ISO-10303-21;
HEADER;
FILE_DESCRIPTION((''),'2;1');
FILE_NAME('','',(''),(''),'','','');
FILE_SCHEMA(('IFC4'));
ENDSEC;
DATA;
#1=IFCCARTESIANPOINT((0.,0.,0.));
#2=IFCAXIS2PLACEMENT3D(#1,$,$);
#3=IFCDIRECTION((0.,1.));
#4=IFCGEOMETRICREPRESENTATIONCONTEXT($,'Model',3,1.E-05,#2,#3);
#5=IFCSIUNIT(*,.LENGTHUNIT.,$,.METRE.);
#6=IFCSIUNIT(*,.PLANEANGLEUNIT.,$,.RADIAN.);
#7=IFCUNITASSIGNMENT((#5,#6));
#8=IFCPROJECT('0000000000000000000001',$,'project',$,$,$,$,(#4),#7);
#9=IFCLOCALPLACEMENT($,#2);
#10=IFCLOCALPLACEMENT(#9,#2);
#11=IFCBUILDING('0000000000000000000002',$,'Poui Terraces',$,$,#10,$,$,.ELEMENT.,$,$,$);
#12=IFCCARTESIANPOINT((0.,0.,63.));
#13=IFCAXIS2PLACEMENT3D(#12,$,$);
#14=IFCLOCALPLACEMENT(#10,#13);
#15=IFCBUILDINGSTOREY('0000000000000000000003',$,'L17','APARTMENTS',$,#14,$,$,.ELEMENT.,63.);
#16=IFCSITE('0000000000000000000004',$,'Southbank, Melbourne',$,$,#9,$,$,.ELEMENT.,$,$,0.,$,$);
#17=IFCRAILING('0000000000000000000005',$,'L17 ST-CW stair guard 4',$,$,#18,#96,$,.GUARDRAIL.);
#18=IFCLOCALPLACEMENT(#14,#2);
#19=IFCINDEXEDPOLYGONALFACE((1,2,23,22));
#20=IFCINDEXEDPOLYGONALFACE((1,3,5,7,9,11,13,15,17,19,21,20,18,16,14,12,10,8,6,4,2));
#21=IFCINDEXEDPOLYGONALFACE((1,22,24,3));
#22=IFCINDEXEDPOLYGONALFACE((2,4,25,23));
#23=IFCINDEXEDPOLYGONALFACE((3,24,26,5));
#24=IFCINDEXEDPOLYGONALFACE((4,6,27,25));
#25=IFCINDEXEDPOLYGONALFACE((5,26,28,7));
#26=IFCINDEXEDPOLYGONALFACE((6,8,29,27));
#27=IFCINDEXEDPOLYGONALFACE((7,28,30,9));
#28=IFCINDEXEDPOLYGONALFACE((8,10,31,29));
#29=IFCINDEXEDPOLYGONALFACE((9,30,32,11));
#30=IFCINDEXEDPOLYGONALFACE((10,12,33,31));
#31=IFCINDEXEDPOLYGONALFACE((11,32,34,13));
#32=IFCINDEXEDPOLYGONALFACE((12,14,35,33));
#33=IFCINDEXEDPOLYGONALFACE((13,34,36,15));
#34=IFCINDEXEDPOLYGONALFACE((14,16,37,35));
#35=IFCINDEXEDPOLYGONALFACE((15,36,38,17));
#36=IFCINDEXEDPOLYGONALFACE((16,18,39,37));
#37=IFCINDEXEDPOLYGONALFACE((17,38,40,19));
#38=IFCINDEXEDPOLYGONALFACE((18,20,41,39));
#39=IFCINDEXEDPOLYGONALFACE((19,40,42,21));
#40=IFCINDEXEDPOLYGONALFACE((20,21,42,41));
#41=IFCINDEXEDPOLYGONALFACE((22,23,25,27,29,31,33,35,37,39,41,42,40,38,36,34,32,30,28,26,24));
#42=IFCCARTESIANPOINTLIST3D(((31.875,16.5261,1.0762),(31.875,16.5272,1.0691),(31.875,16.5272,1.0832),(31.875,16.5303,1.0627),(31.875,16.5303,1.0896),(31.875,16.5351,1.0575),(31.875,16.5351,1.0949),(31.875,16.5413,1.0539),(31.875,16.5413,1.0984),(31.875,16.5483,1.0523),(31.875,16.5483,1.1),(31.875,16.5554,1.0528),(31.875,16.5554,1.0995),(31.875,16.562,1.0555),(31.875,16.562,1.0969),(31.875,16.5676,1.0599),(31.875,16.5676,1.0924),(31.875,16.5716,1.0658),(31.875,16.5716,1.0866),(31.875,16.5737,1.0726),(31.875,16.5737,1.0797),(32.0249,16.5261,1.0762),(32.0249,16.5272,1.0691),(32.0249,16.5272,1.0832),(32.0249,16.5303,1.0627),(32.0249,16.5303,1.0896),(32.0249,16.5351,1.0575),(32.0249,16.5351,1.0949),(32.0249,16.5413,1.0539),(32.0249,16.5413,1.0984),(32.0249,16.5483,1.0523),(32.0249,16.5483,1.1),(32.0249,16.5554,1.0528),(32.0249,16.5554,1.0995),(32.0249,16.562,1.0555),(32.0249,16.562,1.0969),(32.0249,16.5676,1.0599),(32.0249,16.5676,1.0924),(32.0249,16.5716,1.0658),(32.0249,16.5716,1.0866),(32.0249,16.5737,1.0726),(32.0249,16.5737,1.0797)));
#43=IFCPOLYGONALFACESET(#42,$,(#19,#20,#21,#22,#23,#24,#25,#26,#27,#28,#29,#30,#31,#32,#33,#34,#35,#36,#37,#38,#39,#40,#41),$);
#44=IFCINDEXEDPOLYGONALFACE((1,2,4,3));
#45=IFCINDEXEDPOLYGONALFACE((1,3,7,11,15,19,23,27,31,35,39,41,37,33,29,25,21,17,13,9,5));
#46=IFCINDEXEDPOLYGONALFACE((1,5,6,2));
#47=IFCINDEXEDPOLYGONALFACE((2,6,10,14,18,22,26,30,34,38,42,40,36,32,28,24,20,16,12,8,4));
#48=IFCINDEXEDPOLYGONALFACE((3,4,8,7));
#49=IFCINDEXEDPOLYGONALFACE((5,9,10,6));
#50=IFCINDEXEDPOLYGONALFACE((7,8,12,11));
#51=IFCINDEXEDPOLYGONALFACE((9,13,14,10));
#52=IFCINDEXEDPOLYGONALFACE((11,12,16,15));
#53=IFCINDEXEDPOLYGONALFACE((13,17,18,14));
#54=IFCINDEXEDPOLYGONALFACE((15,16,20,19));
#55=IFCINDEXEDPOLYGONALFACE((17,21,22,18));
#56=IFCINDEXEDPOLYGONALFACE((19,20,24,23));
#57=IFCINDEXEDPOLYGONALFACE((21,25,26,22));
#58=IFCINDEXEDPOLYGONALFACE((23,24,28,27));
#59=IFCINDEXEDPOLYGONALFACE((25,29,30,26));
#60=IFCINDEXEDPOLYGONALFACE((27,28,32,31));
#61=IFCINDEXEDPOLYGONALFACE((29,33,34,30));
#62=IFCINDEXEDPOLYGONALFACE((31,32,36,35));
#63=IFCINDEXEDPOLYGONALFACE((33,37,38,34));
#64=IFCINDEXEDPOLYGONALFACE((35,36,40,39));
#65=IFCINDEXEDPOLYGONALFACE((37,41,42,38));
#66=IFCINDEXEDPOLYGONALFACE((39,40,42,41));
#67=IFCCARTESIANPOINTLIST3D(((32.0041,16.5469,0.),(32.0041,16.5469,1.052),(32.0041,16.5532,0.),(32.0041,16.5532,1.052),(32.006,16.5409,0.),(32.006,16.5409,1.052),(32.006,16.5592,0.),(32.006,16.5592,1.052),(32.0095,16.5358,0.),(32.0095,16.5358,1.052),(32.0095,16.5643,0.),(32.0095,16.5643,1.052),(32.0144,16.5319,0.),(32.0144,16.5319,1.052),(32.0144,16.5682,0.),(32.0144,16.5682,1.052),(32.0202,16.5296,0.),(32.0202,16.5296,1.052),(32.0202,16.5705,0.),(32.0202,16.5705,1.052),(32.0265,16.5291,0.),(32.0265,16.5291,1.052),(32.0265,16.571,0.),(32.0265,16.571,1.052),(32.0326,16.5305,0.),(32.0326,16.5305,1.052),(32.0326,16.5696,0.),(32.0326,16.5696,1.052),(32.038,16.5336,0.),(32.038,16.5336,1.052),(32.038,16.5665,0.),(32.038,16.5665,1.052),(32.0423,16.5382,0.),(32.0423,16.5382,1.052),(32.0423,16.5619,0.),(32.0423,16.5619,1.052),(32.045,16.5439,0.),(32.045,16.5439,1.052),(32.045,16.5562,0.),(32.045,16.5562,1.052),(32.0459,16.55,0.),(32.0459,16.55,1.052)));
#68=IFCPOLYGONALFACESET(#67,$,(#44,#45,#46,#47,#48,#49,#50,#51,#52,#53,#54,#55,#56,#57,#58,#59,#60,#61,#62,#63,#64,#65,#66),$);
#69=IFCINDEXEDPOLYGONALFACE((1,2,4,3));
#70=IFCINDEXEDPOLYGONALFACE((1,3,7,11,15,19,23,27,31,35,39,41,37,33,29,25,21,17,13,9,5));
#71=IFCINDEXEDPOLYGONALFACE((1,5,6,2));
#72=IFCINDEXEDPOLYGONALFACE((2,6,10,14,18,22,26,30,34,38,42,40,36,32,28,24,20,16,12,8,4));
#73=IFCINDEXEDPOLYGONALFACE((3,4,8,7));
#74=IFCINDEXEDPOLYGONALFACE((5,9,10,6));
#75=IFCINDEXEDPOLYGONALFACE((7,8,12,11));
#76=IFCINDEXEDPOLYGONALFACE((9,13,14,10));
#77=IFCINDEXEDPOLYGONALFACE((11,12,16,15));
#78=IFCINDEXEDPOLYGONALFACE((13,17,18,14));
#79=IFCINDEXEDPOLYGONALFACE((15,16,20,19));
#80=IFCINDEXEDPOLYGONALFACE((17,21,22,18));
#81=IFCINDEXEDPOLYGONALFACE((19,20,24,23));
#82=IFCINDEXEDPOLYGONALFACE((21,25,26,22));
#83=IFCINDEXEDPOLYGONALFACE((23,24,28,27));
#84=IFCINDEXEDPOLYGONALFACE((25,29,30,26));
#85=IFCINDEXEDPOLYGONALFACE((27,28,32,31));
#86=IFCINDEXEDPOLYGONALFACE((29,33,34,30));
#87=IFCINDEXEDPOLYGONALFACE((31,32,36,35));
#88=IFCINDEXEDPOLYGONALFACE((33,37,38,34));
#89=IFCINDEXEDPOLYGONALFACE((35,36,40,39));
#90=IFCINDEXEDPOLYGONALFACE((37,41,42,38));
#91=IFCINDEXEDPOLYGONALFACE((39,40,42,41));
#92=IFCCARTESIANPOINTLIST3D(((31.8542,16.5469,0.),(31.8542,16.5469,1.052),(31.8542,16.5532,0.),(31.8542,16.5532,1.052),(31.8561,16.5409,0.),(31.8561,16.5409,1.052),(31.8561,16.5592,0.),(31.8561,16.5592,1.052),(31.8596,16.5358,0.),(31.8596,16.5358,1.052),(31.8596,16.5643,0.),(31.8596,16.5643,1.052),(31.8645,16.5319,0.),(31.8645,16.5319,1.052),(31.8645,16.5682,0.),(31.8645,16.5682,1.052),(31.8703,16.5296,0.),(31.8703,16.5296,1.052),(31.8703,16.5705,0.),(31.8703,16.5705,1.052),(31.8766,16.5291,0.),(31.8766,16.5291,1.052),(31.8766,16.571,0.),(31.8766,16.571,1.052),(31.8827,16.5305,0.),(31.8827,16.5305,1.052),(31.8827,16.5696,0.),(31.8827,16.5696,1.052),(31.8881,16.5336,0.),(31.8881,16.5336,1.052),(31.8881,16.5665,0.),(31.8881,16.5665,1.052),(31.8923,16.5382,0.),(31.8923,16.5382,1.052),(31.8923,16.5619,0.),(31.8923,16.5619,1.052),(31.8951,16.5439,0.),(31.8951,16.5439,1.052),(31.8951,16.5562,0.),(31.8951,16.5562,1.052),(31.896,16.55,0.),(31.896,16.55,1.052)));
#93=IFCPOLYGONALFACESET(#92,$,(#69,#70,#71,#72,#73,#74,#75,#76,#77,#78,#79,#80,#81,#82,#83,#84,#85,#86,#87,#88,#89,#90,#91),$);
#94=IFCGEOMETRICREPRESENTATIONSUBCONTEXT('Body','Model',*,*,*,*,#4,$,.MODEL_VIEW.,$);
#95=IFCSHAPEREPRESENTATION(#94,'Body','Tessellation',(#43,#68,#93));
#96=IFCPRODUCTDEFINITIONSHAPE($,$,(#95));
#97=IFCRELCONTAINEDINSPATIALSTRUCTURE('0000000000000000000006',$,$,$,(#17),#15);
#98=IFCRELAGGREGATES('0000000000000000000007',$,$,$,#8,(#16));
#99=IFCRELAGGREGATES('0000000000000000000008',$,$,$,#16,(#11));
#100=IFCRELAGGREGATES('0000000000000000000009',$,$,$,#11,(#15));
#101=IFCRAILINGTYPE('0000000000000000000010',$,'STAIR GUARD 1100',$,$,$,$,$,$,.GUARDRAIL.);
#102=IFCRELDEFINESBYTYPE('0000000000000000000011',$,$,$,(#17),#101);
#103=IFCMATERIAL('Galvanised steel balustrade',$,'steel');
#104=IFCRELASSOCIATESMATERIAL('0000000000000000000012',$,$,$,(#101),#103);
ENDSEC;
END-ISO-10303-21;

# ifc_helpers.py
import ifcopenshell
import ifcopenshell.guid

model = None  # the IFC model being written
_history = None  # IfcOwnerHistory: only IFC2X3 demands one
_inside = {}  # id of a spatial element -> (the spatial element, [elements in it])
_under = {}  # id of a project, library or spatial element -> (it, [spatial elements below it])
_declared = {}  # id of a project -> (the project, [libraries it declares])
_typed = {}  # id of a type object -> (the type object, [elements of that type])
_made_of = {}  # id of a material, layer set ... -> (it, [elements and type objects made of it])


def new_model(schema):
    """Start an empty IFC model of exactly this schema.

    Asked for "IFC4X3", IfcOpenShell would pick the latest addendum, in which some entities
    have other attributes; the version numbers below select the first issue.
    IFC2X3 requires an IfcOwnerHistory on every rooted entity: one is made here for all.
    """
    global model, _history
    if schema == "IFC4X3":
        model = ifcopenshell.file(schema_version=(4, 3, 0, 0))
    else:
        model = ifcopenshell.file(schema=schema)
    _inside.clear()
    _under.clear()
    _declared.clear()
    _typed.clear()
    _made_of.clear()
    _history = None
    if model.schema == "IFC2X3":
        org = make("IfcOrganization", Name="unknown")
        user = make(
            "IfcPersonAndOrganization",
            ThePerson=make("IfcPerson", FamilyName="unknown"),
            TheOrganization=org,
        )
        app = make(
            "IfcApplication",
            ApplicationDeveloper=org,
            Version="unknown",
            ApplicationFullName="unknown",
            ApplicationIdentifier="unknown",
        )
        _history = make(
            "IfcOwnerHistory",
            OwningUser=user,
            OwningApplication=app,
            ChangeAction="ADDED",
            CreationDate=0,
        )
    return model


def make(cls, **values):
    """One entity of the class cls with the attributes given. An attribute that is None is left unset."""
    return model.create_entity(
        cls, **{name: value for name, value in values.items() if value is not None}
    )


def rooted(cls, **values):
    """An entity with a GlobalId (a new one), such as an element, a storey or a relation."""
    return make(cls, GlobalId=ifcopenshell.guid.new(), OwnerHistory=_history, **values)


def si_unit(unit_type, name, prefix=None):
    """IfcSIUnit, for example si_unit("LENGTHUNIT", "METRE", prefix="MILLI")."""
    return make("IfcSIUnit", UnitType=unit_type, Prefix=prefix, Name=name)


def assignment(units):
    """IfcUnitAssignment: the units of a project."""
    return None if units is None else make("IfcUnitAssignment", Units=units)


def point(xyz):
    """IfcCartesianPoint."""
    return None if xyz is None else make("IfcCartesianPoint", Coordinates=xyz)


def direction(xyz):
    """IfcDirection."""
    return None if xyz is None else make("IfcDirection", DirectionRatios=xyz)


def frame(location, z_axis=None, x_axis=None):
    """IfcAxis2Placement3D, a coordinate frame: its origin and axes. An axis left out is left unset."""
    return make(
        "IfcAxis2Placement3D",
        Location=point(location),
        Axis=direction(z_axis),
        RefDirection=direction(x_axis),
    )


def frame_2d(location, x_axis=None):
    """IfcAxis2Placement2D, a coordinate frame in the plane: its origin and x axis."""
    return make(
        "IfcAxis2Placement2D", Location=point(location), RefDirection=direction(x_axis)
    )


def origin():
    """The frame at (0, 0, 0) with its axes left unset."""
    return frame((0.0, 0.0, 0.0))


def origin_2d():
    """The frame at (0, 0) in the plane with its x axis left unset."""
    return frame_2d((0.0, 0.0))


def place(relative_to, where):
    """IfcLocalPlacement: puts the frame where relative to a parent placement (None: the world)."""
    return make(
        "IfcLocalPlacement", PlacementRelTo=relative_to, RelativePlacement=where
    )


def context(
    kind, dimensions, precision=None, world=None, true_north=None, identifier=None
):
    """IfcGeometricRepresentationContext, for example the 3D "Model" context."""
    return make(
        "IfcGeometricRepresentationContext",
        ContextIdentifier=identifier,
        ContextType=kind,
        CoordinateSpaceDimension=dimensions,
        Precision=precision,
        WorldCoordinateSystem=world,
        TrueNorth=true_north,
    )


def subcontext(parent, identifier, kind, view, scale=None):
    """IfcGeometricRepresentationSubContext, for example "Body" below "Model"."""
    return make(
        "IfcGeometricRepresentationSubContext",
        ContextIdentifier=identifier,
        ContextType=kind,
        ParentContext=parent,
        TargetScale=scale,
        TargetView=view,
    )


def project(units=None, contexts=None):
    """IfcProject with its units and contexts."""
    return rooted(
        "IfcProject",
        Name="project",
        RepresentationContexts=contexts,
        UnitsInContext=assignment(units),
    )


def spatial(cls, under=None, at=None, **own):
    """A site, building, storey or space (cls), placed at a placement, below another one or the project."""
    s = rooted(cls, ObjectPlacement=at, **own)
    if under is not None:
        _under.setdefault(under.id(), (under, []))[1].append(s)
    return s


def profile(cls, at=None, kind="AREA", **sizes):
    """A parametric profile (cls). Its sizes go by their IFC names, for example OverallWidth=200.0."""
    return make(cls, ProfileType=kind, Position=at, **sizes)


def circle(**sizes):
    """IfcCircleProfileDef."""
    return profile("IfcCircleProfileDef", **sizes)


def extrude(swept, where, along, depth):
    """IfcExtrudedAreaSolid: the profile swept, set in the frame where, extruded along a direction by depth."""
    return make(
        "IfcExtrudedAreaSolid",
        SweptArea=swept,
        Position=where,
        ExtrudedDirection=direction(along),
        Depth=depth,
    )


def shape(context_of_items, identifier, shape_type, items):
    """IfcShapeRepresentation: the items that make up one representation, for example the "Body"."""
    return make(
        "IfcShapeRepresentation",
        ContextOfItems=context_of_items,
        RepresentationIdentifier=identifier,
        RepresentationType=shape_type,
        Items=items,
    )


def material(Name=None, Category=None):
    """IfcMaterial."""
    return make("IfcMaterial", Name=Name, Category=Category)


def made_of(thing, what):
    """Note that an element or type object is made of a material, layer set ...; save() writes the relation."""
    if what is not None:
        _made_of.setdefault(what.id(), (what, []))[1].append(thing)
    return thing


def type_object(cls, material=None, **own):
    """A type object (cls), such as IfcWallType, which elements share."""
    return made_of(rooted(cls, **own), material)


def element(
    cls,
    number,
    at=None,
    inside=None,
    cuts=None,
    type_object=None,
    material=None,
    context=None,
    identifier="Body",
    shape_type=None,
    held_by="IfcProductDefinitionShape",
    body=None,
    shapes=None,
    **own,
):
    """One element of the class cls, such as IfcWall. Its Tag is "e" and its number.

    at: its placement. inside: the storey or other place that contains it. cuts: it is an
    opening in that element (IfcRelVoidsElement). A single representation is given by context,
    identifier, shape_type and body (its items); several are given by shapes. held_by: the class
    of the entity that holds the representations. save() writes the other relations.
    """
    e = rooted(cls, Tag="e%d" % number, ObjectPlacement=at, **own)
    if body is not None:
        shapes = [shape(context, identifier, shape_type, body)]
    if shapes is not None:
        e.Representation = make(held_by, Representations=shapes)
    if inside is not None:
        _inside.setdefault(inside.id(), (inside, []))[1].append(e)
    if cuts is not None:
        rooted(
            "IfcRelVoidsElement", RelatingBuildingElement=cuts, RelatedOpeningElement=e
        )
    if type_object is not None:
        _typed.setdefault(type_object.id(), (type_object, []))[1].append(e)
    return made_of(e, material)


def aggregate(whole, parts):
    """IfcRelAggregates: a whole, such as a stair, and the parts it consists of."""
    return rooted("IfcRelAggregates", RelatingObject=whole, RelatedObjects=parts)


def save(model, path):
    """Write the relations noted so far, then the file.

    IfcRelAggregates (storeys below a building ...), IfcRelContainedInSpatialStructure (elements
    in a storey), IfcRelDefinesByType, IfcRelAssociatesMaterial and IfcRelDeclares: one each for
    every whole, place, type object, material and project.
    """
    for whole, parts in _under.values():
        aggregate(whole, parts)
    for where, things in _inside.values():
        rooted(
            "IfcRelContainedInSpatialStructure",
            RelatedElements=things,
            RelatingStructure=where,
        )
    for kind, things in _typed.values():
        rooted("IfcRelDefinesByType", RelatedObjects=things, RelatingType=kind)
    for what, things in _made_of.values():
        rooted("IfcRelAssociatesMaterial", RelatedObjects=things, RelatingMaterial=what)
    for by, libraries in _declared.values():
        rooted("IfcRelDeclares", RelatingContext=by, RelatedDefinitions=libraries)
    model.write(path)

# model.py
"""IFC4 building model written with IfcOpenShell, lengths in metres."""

from ifc_helpers import new_model, si_unit, direction, frame, origin, origin_2d, place, context, subcontext, project, spatial, circle, extrude, material, type_object, element, save


model = new_model("IFC4")

# Units and contexts
model_context = context("Model", 3, precision=1e-05, world=origin(), true_north=direction((0.0, 1.0)))
body_context = subcontext(model_context, "Body", "Model", "MODEL_VIEW")
ifc_project = project(units=[si_unit("LENGTHUNIT", "METRE"), si_unit("PLANEANGLEUNIT", "RADIAN")], contexts=[model_context])

# Site, building, storey
site_placement = place(None, origin())
site = spatial("IfcSite", under=ifc_project, at=site_placement, Name="Southbank, Melbourne", CompositionType="ELEMENT", RefElevation=0.0)
building_placement = place(site_placement, origin())
building = spatial("IfcBuilding", under=site, at=building_placement, Name="Poui Terraces", CompositionType="ELEMENT")
storey_placement = place(building_placement, frame((0.0, 0.0, 63.0)))
storey = spatial("IfcBuildingStorey", under=building, at=storey_placement, Name="L17", Description="APARTMENTS", CompositionType="ELEMENT", Elevation=63.0)

# Railing
ifc_material_1 = material(Name="Galvanised steel balustrade", Category="steel")
railing_type_1 = type_object("IfcRailingType", Name="STAIR GUARD 1100", PredefinedType="GUARDRAIL", material=ifc_material_1)
railing_1_placement = place(storey_placement, frame((32.0249, 16.55, 0.0)))
element("IfcRailing", 1, at=railing_1_placement, inside=storey, type_object=railing_type_1, Name="L17 ST-CW stair guard 4", PredefinedType="GUARDRAIL", context=body_context, shape_type="SweptSolid", body=[
    extrude(circle(Radius=0.0239, at=origin_2d()), frame((0.0, 0.0, 1.0762), z_axis=(-1.0, 0.0, 0.0), x_axis=(0.0, -1.0, 0.0)), (0.0, 0.0, 1.0), 0.1499),
    extrude(circle(Radius=0.021, at=origin_2d()), origin(), (0.0, 0.0, 1.0), 1.052),
    extrude(circle(Radius=0.021, at=origin_2d()), frame((-0.1499, 0.0, 0.0)), (0.0, 0.0, 1.0), 1.052),
])

save(model, "model.ifc")
